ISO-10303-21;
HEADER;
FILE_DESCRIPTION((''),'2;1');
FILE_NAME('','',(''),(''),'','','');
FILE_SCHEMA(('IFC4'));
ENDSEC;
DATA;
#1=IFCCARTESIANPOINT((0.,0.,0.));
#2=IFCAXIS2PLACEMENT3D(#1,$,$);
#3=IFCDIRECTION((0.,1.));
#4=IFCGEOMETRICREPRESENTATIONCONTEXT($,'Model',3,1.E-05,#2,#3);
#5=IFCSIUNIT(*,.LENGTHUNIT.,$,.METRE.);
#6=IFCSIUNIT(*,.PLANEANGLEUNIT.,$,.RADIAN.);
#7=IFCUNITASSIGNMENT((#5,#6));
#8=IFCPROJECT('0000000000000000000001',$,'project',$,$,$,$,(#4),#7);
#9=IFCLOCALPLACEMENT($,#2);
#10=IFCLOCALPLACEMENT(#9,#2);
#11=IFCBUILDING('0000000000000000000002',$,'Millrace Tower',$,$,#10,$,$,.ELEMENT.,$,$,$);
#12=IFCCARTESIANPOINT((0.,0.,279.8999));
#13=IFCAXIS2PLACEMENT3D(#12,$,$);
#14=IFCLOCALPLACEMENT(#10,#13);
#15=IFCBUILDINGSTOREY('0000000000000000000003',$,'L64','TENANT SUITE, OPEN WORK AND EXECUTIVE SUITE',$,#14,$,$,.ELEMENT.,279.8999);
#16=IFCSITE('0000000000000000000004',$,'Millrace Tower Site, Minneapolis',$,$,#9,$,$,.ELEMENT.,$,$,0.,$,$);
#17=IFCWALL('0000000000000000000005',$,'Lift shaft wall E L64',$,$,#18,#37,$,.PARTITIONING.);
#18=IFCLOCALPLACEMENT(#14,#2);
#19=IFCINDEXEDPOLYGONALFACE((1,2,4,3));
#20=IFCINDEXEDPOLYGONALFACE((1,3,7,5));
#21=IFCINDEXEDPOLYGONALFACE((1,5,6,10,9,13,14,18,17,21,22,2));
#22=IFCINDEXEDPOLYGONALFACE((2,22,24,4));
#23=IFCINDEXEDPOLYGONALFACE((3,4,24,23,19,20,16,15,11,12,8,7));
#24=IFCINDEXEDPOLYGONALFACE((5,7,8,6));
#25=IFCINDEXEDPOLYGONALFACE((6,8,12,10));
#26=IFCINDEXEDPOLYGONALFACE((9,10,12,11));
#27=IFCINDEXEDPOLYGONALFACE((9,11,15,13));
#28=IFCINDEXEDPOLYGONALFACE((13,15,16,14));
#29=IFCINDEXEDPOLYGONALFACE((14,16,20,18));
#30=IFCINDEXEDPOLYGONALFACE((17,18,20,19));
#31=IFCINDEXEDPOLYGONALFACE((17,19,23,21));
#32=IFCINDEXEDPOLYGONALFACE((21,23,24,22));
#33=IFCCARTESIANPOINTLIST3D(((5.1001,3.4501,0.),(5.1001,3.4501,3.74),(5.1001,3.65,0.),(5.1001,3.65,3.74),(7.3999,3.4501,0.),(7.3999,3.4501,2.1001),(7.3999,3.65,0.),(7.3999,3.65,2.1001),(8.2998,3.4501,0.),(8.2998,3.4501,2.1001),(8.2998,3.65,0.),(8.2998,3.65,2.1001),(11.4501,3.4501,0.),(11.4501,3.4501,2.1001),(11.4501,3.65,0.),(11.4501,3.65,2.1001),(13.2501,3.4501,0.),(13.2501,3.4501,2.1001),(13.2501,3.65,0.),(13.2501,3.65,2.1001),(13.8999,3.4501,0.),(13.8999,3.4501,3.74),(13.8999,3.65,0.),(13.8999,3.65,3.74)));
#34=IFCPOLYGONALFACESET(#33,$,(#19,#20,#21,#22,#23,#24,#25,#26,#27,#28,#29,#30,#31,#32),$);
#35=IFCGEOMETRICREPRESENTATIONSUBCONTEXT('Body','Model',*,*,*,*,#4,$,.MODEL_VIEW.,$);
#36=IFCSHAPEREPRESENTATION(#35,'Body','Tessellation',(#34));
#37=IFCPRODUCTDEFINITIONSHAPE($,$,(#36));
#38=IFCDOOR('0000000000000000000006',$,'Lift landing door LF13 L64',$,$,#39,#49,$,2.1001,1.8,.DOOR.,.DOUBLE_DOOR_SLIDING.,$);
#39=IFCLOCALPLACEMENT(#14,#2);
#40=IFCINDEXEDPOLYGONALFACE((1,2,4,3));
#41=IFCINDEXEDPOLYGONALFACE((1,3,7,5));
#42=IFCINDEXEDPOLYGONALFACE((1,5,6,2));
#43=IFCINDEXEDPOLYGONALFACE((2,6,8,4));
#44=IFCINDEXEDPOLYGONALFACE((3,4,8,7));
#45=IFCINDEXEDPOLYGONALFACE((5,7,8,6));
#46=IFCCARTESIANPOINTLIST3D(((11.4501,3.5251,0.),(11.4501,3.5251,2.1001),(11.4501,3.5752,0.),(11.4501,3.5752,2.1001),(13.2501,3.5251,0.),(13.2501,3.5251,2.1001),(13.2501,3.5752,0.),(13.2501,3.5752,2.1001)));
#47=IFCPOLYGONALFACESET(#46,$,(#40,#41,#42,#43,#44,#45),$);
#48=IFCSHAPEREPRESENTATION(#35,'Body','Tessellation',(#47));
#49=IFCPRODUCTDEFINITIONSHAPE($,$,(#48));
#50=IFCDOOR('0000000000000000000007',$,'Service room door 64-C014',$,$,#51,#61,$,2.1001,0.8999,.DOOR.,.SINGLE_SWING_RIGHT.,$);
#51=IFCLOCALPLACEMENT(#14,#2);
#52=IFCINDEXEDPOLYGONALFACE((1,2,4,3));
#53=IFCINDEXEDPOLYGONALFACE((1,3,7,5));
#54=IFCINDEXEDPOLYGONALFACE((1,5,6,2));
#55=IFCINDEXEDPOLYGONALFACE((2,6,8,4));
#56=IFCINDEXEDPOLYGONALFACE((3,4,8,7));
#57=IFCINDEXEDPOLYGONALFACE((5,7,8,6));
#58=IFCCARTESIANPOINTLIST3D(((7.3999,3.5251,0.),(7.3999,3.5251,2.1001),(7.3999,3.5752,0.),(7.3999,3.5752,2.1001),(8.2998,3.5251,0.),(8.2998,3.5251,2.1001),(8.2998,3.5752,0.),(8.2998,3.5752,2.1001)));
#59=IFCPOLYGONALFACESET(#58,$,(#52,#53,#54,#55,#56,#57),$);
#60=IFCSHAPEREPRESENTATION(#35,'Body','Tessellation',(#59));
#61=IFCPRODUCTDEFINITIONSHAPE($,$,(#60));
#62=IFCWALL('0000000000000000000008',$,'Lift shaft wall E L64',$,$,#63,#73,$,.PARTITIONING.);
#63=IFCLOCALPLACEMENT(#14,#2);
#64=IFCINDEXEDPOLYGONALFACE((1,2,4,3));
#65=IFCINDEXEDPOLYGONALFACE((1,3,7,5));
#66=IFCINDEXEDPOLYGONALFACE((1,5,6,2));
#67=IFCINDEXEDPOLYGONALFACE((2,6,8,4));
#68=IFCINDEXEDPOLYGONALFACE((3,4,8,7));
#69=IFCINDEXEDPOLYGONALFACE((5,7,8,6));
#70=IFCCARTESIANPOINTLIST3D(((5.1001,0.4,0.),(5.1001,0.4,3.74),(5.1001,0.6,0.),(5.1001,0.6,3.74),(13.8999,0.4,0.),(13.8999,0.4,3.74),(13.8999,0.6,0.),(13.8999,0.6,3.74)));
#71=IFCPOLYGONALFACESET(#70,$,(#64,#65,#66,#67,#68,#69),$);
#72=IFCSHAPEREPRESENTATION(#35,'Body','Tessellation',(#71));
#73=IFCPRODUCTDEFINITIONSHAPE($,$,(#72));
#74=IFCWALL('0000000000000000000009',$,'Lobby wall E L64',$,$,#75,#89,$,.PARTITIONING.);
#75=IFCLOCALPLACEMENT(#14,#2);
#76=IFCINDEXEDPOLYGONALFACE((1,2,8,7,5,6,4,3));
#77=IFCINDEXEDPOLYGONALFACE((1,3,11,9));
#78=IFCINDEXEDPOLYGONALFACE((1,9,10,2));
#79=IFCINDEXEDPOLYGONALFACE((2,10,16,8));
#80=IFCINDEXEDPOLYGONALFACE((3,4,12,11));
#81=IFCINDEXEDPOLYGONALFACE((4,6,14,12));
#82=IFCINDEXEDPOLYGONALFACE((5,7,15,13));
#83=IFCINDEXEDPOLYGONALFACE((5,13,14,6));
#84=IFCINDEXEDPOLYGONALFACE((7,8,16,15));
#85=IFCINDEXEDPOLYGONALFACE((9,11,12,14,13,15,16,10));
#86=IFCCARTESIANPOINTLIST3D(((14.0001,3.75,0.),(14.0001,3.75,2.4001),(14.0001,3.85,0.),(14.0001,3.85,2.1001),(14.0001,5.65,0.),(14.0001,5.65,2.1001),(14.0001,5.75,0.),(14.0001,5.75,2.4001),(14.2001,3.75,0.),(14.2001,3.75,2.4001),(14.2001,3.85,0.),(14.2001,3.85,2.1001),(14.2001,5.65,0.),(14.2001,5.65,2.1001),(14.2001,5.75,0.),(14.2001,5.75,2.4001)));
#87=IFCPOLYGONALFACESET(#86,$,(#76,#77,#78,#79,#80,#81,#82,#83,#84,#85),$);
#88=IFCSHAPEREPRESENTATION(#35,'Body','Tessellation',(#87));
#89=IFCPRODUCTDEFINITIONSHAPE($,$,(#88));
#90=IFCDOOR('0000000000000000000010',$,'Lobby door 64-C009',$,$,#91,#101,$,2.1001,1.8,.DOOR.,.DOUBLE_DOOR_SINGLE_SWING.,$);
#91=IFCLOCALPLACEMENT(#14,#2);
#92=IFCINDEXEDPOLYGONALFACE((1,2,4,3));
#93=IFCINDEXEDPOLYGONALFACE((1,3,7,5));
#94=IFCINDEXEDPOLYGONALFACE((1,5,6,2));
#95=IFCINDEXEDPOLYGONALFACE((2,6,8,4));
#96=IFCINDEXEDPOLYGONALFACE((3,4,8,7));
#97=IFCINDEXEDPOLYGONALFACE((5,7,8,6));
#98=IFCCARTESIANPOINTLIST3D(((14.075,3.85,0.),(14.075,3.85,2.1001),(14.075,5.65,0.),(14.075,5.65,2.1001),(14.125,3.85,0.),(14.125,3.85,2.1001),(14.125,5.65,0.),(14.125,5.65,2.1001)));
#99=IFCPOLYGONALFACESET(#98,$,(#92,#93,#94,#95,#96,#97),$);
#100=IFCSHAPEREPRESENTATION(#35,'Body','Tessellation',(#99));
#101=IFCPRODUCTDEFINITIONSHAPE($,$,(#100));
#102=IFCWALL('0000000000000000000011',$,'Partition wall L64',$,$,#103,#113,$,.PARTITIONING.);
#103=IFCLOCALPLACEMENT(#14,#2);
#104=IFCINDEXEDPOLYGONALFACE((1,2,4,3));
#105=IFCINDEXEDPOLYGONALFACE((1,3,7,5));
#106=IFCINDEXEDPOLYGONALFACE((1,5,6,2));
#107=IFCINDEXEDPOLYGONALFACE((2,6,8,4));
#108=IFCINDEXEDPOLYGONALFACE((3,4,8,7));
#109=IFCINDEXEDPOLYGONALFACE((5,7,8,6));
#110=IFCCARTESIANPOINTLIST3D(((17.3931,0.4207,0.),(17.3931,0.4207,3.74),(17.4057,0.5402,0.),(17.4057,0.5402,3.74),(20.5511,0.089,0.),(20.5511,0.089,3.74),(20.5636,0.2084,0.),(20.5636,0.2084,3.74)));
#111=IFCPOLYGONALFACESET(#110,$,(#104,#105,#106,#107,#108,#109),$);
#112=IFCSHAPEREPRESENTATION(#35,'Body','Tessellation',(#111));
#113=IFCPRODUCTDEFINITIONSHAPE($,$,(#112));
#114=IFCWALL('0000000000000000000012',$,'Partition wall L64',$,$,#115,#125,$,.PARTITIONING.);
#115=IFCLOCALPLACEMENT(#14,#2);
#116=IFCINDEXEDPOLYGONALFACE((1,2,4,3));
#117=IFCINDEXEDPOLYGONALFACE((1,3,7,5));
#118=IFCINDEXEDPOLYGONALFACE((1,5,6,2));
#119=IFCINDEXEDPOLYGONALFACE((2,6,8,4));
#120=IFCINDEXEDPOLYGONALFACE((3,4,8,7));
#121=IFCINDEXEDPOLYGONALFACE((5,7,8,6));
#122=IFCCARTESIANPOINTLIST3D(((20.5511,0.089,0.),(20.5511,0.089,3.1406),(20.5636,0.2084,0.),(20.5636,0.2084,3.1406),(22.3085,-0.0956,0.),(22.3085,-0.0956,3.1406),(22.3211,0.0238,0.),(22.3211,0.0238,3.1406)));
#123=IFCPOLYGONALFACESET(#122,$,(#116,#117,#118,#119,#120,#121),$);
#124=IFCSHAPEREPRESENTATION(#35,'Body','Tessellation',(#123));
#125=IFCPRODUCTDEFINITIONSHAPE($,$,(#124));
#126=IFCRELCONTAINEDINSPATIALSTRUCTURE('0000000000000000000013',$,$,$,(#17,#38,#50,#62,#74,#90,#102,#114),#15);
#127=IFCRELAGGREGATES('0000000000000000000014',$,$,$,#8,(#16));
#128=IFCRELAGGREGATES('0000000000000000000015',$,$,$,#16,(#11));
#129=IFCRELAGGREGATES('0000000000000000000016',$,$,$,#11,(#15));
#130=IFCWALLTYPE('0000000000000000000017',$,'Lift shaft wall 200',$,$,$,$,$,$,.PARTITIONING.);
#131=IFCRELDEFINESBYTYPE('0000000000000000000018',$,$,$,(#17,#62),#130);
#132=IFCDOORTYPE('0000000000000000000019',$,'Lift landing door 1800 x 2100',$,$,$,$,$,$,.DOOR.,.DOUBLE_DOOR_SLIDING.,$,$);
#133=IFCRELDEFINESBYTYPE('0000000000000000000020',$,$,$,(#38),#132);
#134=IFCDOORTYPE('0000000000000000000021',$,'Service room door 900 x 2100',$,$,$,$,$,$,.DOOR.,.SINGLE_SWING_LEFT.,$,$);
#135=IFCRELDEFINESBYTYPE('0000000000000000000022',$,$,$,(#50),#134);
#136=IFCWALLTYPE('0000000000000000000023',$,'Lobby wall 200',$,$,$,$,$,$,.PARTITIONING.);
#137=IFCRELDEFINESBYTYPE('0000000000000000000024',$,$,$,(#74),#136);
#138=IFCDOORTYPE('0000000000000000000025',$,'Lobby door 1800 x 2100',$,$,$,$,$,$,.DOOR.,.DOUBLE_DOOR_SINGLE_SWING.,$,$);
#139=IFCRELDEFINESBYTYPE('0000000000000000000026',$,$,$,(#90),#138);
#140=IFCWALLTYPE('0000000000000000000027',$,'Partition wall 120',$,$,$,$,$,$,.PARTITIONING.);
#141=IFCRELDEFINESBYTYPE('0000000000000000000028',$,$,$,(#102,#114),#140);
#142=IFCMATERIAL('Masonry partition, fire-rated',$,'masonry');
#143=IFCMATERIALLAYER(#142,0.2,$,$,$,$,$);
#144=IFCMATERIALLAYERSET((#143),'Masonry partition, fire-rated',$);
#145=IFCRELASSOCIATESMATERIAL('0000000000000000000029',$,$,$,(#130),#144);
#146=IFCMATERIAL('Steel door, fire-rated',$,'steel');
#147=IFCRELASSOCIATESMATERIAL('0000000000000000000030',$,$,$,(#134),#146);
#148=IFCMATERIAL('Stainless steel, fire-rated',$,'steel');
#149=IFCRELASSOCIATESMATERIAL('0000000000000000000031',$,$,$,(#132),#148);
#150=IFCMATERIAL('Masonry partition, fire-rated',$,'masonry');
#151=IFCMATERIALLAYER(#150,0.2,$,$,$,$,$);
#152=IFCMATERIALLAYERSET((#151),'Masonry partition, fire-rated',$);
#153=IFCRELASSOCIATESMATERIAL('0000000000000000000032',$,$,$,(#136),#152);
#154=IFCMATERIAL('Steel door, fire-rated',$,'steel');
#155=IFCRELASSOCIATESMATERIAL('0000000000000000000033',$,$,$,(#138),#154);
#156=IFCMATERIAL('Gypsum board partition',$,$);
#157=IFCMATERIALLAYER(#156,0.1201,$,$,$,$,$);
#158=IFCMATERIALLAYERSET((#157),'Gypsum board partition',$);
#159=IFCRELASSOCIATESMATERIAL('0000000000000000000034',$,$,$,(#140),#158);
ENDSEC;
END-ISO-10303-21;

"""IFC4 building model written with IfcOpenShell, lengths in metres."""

from ifc_helpers import new_model, si_unit, direction, frame, frame_2d, origin, place, context, subcontext, project, spatial, rectangle, extrude, material, layer, layer_set, type_object, element, fill, save


model = new_model("IFC4")

# Units and contexts
model_context = context("Model", 3, precision=1e-05, world=origin(), true_north=direction((0.0, 1.0)))
body_context = subcontext(model_context, "Body", "Model", "MODEL_VIEW")
ifc_project = project(units=[si_unit("LENGTHUNIT", "METRE"), si_unit("PLANEANGLEUNIT", "RADIAN")], contexts=[model_context])

# Site, building, storey
site_placement = place(None, origin())
site = spatial("IfcSite", under=ifc_project, at=site_placement, Name="Millrace Tower Site, Minneapolis", CompositionType="ELEMENT", RefElevation=0.0)
building_placement = place(site_placement, origin())
building = spatial("IfcBuilding", under=site, at=building_placement, Name="Millrace Tower", CompositionType="ELEMENT")
storey_placement = place(building_placement, frame((0.0, 0.0, 279.8999)))
storey = spatial("IfcBuildingStorey", under=building, at=storey_placement, Name="L64", Description="TENANT SUITE, OPEN WORK AND EXECUTIVE SUITE", CompositionType="ELEMENT", Elevation=279.8999)

# Wall, openings, doors
ifc_material_1 = material(Name="Masonry partition, fire-rated", Category="masonry")
ifc_layer_1 = layer(ifc_material_1, 0.2)
ifc_layer_set_1 = layer_set([ifc_layer_1], Name="Masonry partition, fire-rated")
wall_type_1 = type_object("IfcWallType", Name="Lift shaft wall 200", PredefinedType="PARTITIONING", material=ifc_layer_set_1)
ifc_material_2 = material(Name="Steel door, fire-rated", Category="steel")
door_type_1 = type_object("IfcDoorType", Name="Service room door 900 x 2100", OperationType="SINGLE_SWING_LEFT", PredefinedType="DOOR", material=ifc_material_2)
wall_1_placement = place(storey_placement, frame((13.8999, 3.55, 0.0), z_axis=(0.0, 0.0, 1.0), x_axis=(-1.0, 0.0, 0.0)))
wall_1 = element("IfcWall", 1, at=wall_1_placement, inside=storey, type_object=wall_type_1, Name="Lift shaft wall E L64", PredefinedType="PARTITIONING", context=body_context, shape_type="SweptSolid", body=[
    extrude(rectangle(XDim=8.7998, YDim=0.2, at=frame_2d((4.3999, 0.0))), origin(), (0.0, 0.0, 1.0), 3.74),
])
opening_1_placement = place(wall_1_placement, frame((0.6499, 0.0, 0.0)))
opening_1 = element("IfcOpeningElement", 2, at=opening_1_placement, cuts=wall_1, PredefinedType="OPENING", context=body_context, shape_type="SweptSolid", body=[
    extrude(rectangle(XDim=1.8, YDim=2.1001, at=frame_2d((0.8999, 1.05))), frame((0.0, 0.1099, 0.0), z_axis=(0.0, -1.0, 0.0), x_axis=(1.0, 0.0, 0.0)), (0.0, 0.0, 1.0), 0.22),
])
opening_2_placement = place(wall_1_placement, frame((5.6001, 0.0, 0.0)))
opening_2 = element("IfcOpeningElement", 3, at=opening_2_placement, cuts=wall_1, PredefinedType="OPENING", context=body_context, shape_type="SweptSolid", body=[
    extrude(rectangle(XDim=0.8999, YDim=2.1001, at=frame_2d((0.45, 1.05))), frame((0.0, 0.1099, 0.0), z_axis=(0.0, -1.0, 0.0), x_axis=(1.0, 0.0, 0.0)), (0.0, 0.0, 1.0), 0.22),
])
ifc_material_3 = material(Name="Stainless steel, fire-rated", Category="steel")
door_type_2 = type_object("IfcDoorType", Name="Lift landing door 1800 x 2100", OperationType="DOUBLE_DOOR_SLIDING", PredefinedType="DOOR", material=ifc_material_3)
door_1_placement = place(opening_1_placement, origin())
door_1 = element("IfcDoor", 4, at=door_1_placement, inside=storey, type_object=door_type_2, Name="Lift landing door LF13 L64", OperationType="DOUBLE_DOOR_SLIDING", OverallHeight=2.1001, OverallWidth=1.8, PredefinedType="DOOR", context=body_context, shape_type="SweptSolid", body=[
    extrude(rectangle(XDim=1.8, YDim=2.1001, at=frame_2d((0.8999, 1.05))), frame((0.0, 0.0249, 0.0), z_axis=(0.0, -1.0, 0.0), x_axis=(1.0, 0.0, 0.0)), (0.0, 0.0, 1.0), 0.05),
])
fill(opening_1, door_1)
door_2_placement = place(opening_2_placement, origin())
door_2 = element("IfcDoor", 5, at=door_2_placement, inside=storey, type_object=door_type_1, Name="Service room door 64-C014", OperationType="SINGLE_SWING_RIGHT", OverallHeight=2.1001, OverallWidth=0.8999, PredefinedType="DOOR", context=body_context, shape_type="SweptSolid", body=[
    extrude(rectangle(XDim=0.8999, YDim=2.1001, at=frame_2d((0.45, 1.05))), frame((0.0, 0.0249, 0.0), z_axis=(0.0, -1.0, 0.0), x_axis=(1.0, 0.0, 0.0)), (0.0, 0.0, 1.0), 0.05),
])
fill(opening_2, door_2)

# Wall
wall_2_placement = place(storey_placement, frame((13.8999, 0.5, 0.0), z_axis=(0.0, 0.0, 1.0), x_axis=(-1.0, 0.0, 0.0)))
element("IfcWall", 6, at=wall_2_placement, inside=storey, type_object=wall_type_1, Name="Lift shaft wall E L64", PredefinedType="PARTITIONING", context=body_context, shape_type="SweptSolid", body=[
    extrude(rectangle(XDim=8.7998, YDim=0.2, at=frame_2d((4.3999, 0.0))), origin(), (0.0, 0.0, 1.0), 3.74),
])

# Wall, opening, door
ifc_material_4 = material(Name="Masonry partition, fire-rated", Category="masonry")
ifc_layer_2 = layer(ifc_material_4, 0.2)
ifc_layer_set_2 = layer_set([ifc_layer_2], Name="Masonry partition, fire-rated")
wall_type_2 = type_object("IfcWallType", Name="Lobby wall 200", PredefinedType="PARTITIONING", material=ifc_layer_set_2)
wall_3_placement = place(storey_placement, frame((14.1001, 5.75, 0.0), z_axis=(0.0, 0.0, 1.0), x_axis=(0.0, -1.0, 0.0)))
wall_3 = element("IfcWall", 7, at=wall_3_placement, inside=storey, type_object=wall_type_2, Name="Lobby wall E L64", PredefinedType="PARTITIONING", context=body_context, shape_type="SweptSolid", body=[
    extrude(rectangle(XDim=2.0, YDim=0.2, at=frame_2d((1.0, 0.0))), origin(), (0.0, 0.0, 1.0), 2.4001),
])
opening_3_placement = place(wall_3_placement, frame((0.1001, 0.0, 0.0)))
opening_3 = element("IfcOpeningElement", 8, at=opening_3_placement, cuts=wall_3, PredefinedType="OPENING", context=body_context, shape_type="SweptSolid", body=[
    extrude(rectangle(XDim=1.8, YDim=2.1001, at=frame_2d((0.8999, 1.05))), frame((0.0, 0.1099, 0.0), z_axis=(0.0, -1.0, 0.0), x_axis=(1.0, 0.0, 0.0)), (0.0, 0.0, 1.0), 0.22),
])
ifc_material_5 = material(Name="Steel door, fire-rated", Category="steel")
door_type_3 = type_object("IfcDoorType", Name="Lobby door 1800 x 2100", OperationType="DOUBLE_DOOR_SINGLE_SWING", PredefinedType="DOOR", material=ifc_material_5)
door_3_placement = place(opening_3_placement, origin())
door_3 = element("IfcDoor", 9, at=door_3_placement, inside=storey, type_object=door_type_3, Name="Lobby door 64-C009", OperationType="DOUBLE_DOOR_SINGLE_SWING", OverallHeight=2.1001, OverallWidth=1.8, PredefinedType="DOOR", context=body_context, shape_type="SweptSolid", body=[
    extrude(rectangle(XDim=1.8, YDim=2.1001, at=frame_2d((0.8999, 1.05))), frame((0.0, 0.0249, 0.0), z_axis=(0.0, -1.0, 0.0), x_axis=(1.0, 0.0, 0.0)), (0.0, 0.0, 1.0), 0.05),
])
fill(opening_3, door_3)

# Walls
ifc_material_6 = material(Name="Gypsum board partition")
ifc_layer_3 = layer(ifc_material_6, 0.1201)
ifc_layer_set_3 = layer_set([ifc_layer_3], Name="Gypsum board partition")
wall_type_3 = type_object("IfcWallType", Name="Partition wall 120", PredefinedType="PARTITIONING", material=ifc_layer_set_3)
wall_4_placement = place(storey_placement, frame((17.3994, 0.4805, 0.0), z_axis=(0.0, 0.0, 1.0), x_axis=(0.994526, -0.104489, 0.0)))
element("IfcWall", 10, at=wall_4_placement, inside=storey, type_object=wall_type_3, Name="Partition wall L64", PredefinedType="PARTITIONING", context=body_context, shape_type="SweptSolid", body=[
    extrude(rectangle(XDim=3.1753, YDim=0.1201, at=frame_2d((1.5876, 0.0))), origin(), (0.0, 0.0, 1.0), 3.74),
])
wall_5_placement = place(storey_placement, frame((20.5574, 0.1487, 0.0), z_axis=(0.0, 0.0, 1.0), x_axis=(0.99453, -0.104455, 0.0)))
element("IfcWall", 11, at=wall_5_placement, inside=storey, type_object=wall_type_3, Name="Partition wall L64", PredefinedType="PARTITIONING", context=body_context, shape_type="SweptSolid", body=[
    extrude(rectangle(XDim=1.7671, YDim=0.1201, at=frame_2d((0.8835, 0.0))), origin(), (0.0, 0.0, 1.0), 3.1406),
])

save(model, "model.ifc")
